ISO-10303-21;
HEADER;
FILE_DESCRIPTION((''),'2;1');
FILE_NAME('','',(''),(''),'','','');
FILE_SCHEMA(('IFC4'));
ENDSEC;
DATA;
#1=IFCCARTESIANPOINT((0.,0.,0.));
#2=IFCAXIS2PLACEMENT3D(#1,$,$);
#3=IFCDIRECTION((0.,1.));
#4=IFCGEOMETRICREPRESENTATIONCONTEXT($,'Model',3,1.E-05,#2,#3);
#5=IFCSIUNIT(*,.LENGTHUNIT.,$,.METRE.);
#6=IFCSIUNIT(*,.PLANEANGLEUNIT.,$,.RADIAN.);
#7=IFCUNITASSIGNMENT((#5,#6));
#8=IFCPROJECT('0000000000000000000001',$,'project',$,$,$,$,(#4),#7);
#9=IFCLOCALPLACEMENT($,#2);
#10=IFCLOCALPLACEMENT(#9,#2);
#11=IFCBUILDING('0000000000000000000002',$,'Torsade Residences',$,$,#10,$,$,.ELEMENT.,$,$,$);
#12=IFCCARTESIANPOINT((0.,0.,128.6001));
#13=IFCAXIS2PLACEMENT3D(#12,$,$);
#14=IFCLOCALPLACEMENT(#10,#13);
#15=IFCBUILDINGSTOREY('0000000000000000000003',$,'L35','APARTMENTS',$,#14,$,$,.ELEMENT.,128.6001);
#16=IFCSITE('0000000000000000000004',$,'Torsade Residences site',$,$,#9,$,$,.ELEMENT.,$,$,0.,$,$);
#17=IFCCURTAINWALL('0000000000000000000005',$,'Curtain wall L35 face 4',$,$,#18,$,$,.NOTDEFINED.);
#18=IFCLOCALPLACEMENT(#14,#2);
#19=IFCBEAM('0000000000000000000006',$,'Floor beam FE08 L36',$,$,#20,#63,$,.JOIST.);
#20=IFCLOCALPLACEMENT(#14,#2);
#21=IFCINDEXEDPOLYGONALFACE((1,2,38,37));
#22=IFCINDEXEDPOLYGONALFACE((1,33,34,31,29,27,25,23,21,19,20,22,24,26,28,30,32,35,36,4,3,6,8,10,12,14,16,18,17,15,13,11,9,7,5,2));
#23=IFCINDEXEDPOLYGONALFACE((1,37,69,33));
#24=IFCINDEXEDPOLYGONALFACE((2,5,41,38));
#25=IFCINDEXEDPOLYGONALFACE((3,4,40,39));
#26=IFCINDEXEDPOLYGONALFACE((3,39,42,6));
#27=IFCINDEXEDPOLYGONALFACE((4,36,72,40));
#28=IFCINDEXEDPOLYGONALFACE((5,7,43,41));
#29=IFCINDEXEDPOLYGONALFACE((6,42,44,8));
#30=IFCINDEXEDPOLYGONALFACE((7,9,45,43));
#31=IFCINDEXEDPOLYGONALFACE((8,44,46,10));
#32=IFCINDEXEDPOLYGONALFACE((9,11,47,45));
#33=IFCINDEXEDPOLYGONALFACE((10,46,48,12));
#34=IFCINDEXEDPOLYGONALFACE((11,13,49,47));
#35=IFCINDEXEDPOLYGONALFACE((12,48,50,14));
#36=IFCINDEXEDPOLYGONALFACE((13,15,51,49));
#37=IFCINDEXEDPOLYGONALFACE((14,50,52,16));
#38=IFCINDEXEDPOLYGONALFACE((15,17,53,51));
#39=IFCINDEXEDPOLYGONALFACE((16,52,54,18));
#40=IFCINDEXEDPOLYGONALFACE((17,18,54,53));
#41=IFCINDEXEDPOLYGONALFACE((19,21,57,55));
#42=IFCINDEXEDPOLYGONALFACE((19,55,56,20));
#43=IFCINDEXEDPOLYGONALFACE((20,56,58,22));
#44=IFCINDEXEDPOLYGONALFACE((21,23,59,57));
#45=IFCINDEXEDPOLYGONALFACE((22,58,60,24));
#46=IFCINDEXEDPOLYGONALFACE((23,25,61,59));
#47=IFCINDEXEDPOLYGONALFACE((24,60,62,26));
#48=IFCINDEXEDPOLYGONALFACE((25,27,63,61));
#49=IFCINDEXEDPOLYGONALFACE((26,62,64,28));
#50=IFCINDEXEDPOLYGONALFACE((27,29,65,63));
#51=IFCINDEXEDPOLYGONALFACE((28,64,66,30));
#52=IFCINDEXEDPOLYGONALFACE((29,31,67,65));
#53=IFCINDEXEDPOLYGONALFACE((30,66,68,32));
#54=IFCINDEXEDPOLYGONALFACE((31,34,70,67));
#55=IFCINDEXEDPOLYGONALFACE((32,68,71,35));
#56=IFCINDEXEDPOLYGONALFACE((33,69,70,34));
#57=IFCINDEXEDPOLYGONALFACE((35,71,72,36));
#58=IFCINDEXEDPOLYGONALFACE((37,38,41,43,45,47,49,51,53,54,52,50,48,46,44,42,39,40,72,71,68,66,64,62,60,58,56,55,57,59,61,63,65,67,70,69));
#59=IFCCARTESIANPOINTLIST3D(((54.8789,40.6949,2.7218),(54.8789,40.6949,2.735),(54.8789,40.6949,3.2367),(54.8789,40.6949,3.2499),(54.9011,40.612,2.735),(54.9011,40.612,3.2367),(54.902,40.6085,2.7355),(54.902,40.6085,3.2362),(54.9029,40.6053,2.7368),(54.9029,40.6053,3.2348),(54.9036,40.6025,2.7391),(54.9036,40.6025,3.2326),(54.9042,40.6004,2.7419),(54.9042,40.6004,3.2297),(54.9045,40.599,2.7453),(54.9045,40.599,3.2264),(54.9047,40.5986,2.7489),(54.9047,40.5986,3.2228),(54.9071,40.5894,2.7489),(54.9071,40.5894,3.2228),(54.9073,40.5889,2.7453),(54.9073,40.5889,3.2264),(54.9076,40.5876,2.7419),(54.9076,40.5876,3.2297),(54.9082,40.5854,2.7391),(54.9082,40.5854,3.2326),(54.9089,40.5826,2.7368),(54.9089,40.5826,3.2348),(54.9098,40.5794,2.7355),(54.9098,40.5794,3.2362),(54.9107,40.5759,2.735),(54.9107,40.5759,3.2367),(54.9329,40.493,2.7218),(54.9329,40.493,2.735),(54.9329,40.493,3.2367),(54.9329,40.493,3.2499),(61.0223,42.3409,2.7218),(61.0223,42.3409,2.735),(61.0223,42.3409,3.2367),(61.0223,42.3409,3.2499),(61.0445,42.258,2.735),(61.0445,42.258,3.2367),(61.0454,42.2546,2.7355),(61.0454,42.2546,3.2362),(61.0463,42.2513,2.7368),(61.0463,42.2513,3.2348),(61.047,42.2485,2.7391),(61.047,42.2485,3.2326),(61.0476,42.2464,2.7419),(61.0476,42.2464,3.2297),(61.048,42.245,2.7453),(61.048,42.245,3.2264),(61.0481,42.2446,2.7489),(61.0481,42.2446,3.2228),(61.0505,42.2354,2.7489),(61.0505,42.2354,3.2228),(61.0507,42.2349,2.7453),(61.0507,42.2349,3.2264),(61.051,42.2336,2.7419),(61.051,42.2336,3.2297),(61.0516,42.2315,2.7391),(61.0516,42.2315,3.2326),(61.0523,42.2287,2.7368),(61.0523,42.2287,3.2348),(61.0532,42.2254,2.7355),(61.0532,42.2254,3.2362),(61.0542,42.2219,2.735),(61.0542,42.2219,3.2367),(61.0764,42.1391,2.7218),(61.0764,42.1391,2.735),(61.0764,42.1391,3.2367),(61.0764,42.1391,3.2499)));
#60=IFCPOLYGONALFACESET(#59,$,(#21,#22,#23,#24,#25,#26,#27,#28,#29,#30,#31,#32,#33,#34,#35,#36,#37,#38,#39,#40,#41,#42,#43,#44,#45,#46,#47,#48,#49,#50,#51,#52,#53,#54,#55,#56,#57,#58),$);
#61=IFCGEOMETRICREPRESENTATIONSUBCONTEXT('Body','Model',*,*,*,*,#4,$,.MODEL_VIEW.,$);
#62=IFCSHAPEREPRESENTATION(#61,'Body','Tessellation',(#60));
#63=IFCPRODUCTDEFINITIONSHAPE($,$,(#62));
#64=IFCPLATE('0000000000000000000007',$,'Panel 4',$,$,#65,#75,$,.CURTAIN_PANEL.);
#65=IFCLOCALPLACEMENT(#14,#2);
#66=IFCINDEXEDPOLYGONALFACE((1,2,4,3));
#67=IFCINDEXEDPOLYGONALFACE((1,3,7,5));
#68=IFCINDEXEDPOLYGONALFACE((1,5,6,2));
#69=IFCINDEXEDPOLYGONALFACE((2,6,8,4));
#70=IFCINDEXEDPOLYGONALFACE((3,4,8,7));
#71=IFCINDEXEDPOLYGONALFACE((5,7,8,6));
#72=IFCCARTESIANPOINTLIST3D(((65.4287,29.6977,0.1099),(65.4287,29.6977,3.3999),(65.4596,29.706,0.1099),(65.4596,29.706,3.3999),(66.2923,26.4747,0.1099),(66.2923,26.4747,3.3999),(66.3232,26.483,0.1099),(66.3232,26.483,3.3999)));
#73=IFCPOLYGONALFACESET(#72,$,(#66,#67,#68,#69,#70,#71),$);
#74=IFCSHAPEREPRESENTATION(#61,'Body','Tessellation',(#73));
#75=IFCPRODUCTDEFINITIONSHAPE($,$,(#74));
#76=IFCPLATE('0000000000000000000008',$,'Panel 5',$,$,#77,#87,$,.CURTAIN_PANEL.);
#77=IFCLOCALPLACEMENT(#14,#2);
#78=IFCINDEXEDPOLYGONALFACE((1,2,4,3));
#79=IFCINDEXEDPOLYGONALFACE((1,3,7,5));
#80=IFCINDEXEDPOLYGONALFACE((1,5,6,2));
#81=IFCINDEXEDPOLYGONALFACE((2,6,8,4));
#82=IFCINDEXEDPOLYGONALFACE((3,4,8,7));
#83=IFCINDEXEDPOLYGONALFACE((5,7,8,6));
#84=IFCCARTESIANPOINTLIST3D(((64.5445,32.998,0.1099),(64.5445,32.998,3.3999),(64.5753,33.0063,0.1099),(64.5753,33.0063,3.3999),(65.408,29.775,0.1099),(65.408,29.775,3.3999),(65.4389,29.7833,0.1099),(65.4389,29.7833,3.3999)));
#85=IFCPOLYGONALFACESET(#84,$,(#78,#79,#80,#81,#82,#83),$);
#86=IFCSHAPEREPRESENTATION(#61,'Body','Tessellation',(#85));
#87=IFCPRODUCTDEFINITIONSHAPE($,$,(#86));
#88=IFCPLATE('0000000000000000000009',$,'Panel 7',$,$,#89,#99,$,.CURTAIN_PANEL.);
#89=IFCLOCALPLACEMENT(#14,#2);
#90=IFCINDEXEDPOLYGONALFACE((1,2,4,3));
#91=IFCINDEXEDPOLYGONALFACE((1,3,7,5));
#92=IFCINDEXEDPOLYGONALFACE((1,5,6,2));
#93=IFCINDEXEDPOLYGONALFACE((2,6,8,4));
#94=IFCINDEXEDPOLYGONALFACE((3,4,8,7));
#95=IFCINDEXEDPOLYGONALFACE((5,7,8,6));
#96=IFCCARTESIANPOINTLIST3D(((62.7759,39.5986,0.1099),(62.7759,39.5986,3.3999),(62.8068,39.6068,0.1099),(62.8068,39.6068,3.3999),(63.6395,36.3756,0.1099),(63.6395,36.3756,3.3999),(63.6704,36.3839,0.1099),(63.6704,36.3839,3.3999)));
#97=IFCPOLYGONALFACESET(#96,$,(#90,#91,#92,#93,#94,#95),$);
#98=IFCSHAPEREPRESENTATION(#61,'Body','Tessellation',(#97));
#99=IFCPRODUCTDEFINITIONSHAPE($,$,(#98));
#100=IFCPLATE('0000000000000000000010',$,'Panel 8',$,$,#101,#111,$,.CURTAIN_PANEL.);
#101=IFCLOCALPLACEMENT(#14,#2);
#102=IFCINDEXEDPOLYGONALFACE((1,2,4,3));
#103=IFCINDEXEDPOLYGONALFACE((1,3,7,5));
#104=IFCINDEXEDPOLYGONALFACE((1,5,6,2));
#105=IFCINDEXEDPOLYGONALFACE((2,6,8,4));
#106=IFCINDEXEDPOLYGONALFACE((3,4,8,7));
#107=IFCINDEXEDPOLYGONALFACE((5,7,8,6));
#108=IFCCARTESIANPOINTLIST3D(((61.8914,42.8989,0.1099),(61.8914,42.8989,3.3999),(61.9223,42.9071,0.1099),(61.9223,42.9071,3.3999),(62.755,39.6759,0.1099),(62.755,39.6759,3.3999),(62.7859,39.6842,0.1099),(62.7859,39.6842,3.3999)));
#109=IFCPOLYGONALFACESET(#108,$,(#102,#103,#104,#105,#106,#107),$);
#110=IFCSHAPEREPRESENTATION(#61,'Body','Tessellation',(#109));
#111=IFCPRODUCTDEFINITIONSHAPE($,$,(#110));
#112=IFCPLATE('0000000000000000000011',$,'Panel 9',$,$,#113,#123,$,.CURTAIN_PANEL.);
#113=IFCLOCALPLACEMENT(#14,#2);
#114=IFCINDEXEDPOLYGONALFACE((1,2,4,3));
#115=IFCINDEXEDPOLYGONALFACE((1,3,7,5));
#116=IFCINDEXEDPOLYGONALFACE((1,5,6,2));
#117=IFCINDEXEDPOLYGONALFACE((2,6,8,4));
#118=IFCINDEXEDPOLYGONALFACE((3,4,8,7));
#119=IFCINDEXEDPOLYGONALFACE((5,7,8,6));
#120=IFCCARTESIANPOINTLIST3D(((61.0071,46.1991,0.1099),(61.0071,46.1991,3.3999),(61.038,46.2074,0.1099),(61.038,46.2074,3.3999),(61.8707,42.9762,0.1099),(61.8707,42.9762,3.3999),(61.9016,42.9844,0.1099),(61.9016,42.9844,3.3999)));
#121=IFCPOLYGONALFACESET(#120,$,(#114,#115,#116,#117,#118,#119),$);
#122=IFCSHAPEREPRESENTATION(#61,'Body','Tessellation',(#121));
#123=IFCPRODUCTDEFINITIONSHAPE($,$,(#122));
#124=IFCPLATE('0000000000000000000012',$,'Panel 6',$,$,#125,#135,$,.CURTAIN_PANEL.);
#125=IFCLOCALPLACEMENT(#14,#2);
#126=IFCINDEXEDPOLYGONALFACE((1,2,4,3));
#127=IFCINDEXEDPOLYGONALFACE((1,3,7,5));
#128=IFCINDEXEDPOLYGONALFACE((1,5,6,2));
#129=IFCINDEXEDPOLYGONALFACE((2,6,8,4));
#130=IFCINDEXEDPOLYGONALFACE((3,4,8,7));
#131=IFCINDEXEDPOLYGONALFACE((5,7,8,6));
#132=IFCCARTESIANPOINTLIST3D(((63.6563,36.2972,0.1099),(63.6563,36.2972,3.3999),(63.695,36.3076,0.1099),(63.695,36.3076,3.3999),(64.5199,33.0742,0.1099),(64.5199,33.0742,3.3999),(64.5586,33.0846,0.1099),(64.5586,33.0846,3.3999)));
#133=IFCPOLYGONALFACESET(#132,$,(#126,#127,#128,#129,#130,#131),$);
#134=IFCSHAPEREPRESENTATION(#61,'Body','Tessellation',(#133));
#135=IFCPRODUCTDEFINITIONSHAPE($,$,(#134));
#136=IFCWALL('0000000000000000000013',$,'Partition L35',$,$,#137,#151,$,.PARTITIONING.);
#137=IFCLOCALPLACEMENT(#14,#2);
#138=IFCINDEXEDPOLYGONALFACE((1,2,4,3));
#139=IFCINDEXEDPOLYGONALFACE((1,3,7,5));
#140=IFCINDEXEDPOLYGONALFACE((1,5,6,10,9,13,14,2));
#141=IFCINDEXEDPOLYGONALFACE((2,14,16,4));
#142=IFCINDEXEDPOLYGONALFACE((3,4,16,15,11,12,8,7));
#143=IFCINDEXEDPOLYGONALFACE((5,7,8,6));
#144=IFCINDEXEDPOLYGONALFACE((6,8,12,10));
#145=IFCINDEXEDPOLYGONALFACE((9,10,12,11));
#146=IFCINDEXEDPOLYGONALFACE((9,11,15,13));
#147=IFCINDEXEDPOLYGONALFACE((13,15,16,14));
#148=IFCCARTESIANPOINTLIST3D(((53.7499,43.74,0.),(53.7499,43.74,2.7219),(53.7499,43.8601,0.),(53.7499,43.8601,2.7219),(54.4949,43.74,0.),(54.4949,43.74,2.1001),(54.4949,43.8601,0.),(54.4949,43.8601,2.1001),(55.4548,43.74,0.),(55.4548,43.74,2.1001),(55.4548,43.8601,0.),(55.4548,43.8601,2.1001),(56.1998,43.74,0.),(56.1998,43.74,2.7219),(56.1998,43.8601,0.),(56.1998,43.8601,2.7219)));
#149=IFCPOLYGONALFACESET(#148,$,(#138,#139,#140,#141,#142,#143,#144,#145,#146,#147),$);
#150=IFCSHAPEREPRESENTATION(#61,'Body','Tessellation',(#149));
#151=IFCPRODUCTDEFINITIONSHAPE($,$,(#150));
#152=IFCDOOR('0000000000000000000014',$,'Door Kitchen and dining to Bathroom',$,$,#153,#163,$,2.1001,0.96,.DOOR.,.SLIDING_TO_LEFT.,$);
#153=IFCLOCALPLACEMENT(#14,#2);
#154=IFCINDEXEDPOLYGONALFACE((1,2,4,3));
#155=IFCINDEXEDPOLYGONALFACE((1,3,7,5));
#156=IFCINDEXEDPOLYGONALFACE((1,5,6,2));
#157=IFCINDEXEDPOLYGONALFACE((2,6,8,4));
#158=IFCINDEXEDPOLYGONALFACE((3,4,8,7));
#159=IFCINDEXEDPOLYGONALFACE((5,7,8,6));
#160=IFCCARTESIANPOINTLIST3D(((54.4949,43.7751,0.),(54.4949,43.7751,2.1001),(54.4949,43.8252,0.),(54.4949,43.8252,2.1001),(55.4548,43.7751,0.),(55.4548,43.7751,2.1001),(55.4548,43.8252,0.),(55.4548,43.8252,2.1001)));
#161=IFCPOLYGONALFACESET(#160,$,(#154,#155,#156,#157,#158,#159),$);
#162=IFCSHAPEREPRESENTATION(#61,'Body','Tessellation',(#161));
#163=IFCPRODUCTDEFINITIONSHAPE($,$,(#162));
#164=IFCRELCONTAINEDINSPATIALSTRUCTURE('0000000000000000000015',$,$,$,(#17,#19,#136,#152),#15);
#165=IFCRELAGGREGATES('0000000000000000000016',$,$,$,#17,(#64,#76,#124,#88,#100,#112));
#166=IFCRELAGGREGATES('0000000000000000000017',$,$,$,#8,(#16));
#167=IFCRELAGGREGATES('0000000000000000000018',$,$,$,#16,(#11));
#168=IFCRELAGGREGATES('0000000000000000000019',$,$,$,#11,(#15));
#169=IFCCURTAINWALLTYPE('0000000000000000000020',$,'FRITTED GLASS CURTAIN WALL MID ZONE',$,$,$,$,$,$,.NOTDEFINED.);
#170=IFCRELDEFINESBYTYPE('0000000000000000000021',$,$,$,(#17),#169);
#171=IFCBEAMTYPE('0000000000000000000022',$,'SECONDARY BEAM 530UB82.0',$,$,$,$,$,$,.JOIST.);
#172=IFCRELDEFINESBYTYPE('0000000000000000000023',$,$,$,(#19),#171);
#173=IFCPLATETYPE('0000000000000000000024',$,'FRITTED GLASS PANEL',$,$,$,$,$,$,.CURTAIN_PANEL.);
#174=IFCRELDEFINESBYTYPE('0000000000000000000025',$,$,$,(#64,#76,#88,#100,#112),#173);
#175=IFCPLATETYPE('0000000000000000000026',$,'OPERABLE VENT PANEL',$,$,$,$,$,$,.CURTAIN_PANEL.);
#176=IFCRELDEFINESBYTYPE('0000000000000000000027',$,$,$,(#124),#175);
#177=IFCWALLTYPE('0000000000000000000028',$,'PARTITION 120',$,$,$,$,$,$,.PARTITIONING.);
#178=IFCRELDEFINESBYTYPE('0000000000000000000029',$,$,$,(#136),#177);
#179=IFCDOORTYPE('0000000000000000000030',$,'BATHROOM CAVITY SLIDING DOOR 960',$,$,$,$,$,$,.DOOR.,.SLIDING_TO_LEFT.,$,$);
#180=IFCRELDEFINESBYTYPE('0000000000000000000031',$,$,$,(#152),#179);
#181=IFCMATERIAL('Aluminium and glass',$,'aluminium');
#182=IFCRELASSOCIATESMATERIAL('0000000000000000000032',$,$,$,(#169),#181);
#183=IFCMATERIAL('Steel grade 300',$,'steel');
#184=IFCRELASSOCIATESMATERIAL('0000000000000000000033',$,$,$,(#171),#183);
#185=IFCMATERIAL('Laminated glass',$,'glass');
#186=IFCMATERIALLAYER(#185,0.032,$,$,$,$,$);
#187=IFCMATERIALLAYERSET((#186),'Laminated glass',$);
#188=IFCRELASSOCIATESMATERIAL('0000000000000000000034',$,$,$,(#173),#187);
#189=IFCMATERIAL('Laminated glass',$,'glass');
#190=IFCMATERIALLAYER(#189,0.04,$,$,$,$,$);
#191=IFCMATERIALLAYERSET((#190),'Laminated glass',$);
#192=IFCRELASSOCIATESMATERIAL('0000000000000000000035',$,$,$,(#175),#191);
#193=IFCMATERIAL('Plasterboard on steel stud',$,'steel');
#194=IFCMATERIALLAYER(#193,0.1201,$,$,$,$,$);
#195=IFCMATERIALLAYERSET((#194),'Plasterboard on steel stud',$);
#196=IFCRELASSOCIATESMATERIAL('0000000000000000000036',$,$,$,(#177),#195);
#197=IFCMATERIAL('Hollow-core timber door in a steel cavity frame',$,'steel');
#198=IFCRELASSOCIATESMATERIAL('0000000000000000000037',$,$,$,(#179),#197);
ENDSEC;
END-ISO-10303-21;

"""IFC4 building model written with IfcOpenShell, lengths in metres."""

from ifc_helpers import new_model, si_unit, direction, frame, frame_2d, origin, origin_2d, place, context, subcontext, project, spatial, rectangle, i_section, extrude, material, layer, layer_set, material_profile, profile_set, type_object, element, fill, aggregate, save


model = new_model("IFC4")

# Units and contexts
model_context = context("Model", 3, precision=1e-05, world=origin(), true_north=direction((0.0, 1.0)))
body_context = subcontext(model_context, "Body", "Model", "MODEL_VIEW")
ifc_project = project(units=[si_unit("LENGTHUNIT", "METRE"), si_unit("PLANEANGLEUNIT", "RADIAN")], contexts=[model_context])

# Site, building, storey
site_placement = place(None, origin())
site = spatial("IfcSite", under=ifc_project, at=site_placement, Name="Torsade Residences site", CompositionType="ELEMENT", RefElevation=0.0)
building_placement = place(site_placement, origin())
building = spatial("IfcBuilding", under=site, at=building_placement, Name="Torsade Residences", CompositionType="ELEMENT")
storey_placement = place(building_placement, frame((0.0, 0.0, 128.6001)))
storey = spatial("IfcBuildingStorey", under=building, at=storey_placement, Name="L35", Description="APARTMENTS", CompositionType="ELEMENT", Elevation=128.6001)

# Curtain wall
ifc_material_1 = material(Name="Aluminium and glass", Category="aluminium")
curtain_wall_type = type_object("IfcCurtainWallType", Name="FRITTED GLASS CURTAIN WALL MID ZONE", PredefinedType="NOTDEFINED", material=ifc_material_1)
curtain_wall_placement = place(storey_placement, origin())
curtain_wall = element("IfcCurtainWall", 1, at=curtain_wall_placement, inside=storey, type_object=curtain_wall_type, Name="Curtain wall L35 face 4", PredefinedType="NOTDEFINED")

# Beam
ifc_material_2 = material(Name="Steel grade 300", Category="steel")
ifc_material_profile_1 = material_profile(ifc_material_2, i_section(OverallWidth=0.209, OverallDepth=0.5281, WebThickness=0.0095, FlangeThickness=0.0132, FilletRadius=0.0139, at=origin_2d()), Name="530UB82.0")
ifc_profile_set_1 = profile_set([ifc_material_profile_1], Name="Steel grade 300")
beam_type_1 = type_object("IfcBeamType", Name="SECONDARY BEAM 530UB82.0", PredefinedType="JOIST", material=ifc_profile_set_1)
beam_1_placement = place(storey_placement, frame((61.0493, 42.24, 2.9858), z_axis=(-0.96593, -0.258805, 0.0), x_axis=(0.258805, -0.96593, 0.0)))
element("IfcBeam", 2, at=beam_1_placement, inside=storey, type_object=beam_type_1, Name="Floor beam FE08 L36", PredefinedType="JOIST", context=body_context, shape_type="SweptSolid", body=[
    extrude(i_section(OverallWidth=0.209, OverallDepth=0.5281, WebThickness=0.0095, FlangeThickness=0.0132, FilletRadius=0.0139, at=origin_2d()), origin(), (0.0, 0.0, 1.0), 6.3601),
])

# Plates
ifc_material_3 = material(Name="Laminated glass", Category="glass")
ifc_layer_1 = layer(ifc_material_3, 0.032)
ifc_layer_set_1 = layer_set([ifc_layer_1], Name="Laminated glass")
plate_type_1 = type_object("IfcPlateType", Name="FRITTED GLASS PANEL", PredefinedType="CURTAIN_PANEL", material=ifc_layer_set_1)
plate_1_placement = place(storey_placement, frame((65.876, 28.0903, 0.1099), z_axis=(0.0, 0.0, 1.0), x_axis=(-0.258819, 0.965926, 0.0)))
plate_1 = element("IfcPlate", 3, at=plate_1_placement, type_object=plate_type_1, Name="Panel 4", PredefinedType="CURTAIN_PANEL", context=body_context, shape_type="SweptSolid", body=[
    extrude(rectangle(XDim=3.3367, YDim=0.032, at=origin_2d()), origin(), (0.0, 0.0, 1.0), 3.29),
])
plate_2_placement = place(storey_placement, frame((64.9917, 31.3906, 0.1099), z_axis=(0.0, 0.0, 1.0), x_axis=(-0.258819, 0.965926, 0.0)))
plate_2 = element("IfcPlate", 4, at=plate_2_placement, type_object=plate_type_1, Name="Panel 5", PredefinedType="CURTAIN_PANEL", context=body_context, shape_type="SweptSolid", body=[
    extrude(rectangle(XDim=3.3367, YDim=0.032, at=origin_2d()), origin(), (0.0, 0.0, 1.0), 3.29),
])
plate_3_placement = place(storey_placement, frame((63.2231, 37.9912, 0.1099), z_axis=(0.0, 0.0, 1.0), x_axis=(-0.258819, 0.965926, 0.0)))
plate_3 = element("IfcPlate", 5, at=plate_3_placement, type_object=plate_type_1, Name="Panel 7", PredefinedType="CURTAIN_PANEL", context=body_context, shape_type="SweptSolid", body=[
    extrude(rectangle(XDim=3.3367, YDim=0.032, at=origin_2d()), origin(), (0.0, 0.0, 1.0), 3.29),
])
plate_4_placement = place(storey_placement, frame((62.3386, 41.2915, 0.1099), z_axis=(0.0, 0.0, 1.0), x_axis=(-0.258819, 0.965926, 0.0)))
plate_4 = element("IfcPlate", 6, at=plate_4_placement, type_object=plate_type_1, Name="Panel 8", PredefinedType="CURTAIN_PANEL", context=body_context, shape_type="SweptSolid", body=[
    extrude(rectangle(XDim=3.3367, YDim=0.032, at=origin_2d()), origin(), (0.0, 0.0, 1.0), 3.29),
])
plate_5_placement = place(storey_placement, frame((61.4543, 44.5918, 0.1099), z_axis=(0.0, 0.0, 1.0), x_axis=(-0.258819, 0.965926, 0.0)))
plate_5 = element("IfcPlate", 7, at=plate_5_placement, type_object=plate_type_1, Name="Panel 9", PredefinedType="CURTAIN_PANEL", context=body_context, shape_type="SweptSolid", body=[
    extrude(rectangle(XDim=3.3367, YDim=0.032, at=origin_2d()), origin(), (0.0, 0.0, 1.0), 3.29),
])
ifc_material_4 = material(Name="Laminated glass", Category="glass")
ifc_layer_2 = layer(ifc_material_4, 0.04)
ifc_layer_set_2 = layer_set([ifc_layer_2], Name="Laminated glass")
plate_type_2 = type_object("IfcPlateType", Name="OPERABLE VENT PANEL", PredefinedType="CURTAIN_PANEL", material=ifc_layer_set_2)
plate_6_placement = place(storey_placement, frame((64.1074, 34.6909, 0.1099), z_axis=(0.0, 0.0, 1.0), x_axis=(-0.258819, 0.965926, 0.0)))
plate_6 = element("IfcPlate", 8, at=plate_6_placement, type_object=plate_type_2, Name="Panel 6", PredefinedType="CURTAIN_PANEL", context=body_context, shape_type="SweptSolid", body=[
    extrude(rectangle(XDim=3.3367, YDim=0.04, at=origin_2d()), origin(), (0.0, 0.0, 1.0), 3.29),
])
aggregate(curtain_wall, [plate_1, plate_2, plate_6, plate_3, plate_4, plate_5])

# Wall, opening, door
ifc_material_5 = material(Name="Plasterboard on steel stud", Category="steel")
ifc_layer_3 = layer(ifc_material_5, 0.1201)
ifc_layer_set_3 = layer_set([ifc_layer_3], Name="Plasterboard on steel stud")
wall_type_1 = type_object("IfcWallType", Name="PARTITION 120", PredefinedType="PARTITIONING", material=ifc_layer_set_3)
wall_1_placement = place(storey_placement, frame((56.2, 43.8, 0.0), z_axis=(0.0, 0.0, 1.0), x_axis=(-1.0, 0.0, 0.0)))
wall_1 = element("IfcWall", 9, at=wall_1_placement, inside=storey, type_object=wall_type_1, Name="Partition L35", PredefinedType="PARTITIONING", context=body_context, shape_type="SweptSolid", body=[
    extrude(rectangle(XDim=2.45, YDim=0.1201, at=frame_2d((1.2251, 0.0))), origin(), (0.0, 0.0, 1.0), 2.7219),
])
opening_1_placement = place(wall_1_placement, frame((0.7451, 0.0, 0.0)))
opening_1 = element("IfcOpeningElement", 10, at=opening_1_placement, cuts=wall_1, PredefinedType="OPENING", context=body_context, shape_type="SweptSolid", body=[
    extrude(rectangle(XDim=0.96, YDim=2.1001, at=frame_2d((0.48, 1.05))), frame((0.0, 0.0701, 0.0), z_axis=(0.0, -1.0, 0.0), x_axis=(1.0, 0.0, 0.0)), (0.0, 0.0, 1.0), 0.1401),
])
ifc_material_6 = material(Name="Hollow-core timber door in a steel cavity frame", Category="steel")
door_type_1 = type_object("IfcDoorType", Name="BATHROOM CAVITY SLIDING DOOR 960", OperationType="SLIDING_TO_LEFT", PredefinedType="DOOR", material=ifc_material_6)
door_1_placement = place(opening_1_placement, origin())
door_1 = element("IfcDoor", 11, at=door_1_placement, inside=storey, type_object=door_type_1, Name="Door Kitchen and dining to Bathroom", OperationType="SLIDING_TO_LEFT", OverallHeight=2.1001, OverallWidth=0.96, PredefinedType="DOOR", context=body_context, shape_type="SweptSolid", body=[
    extrude(rectangle(XDim=0.96, YDim=2.1001, at=frame_2d((0.48, 1.05))), frame((0.0, 0.0249, 0.0), z_axis=(0.0, -1.0, 0.0), x_axis=(1.0, 0.0, 0.0)), (0.0, 0.0, 1.0), 0.05),
])
fill(opening_1, door_1)

save(model, "model.ifc")
